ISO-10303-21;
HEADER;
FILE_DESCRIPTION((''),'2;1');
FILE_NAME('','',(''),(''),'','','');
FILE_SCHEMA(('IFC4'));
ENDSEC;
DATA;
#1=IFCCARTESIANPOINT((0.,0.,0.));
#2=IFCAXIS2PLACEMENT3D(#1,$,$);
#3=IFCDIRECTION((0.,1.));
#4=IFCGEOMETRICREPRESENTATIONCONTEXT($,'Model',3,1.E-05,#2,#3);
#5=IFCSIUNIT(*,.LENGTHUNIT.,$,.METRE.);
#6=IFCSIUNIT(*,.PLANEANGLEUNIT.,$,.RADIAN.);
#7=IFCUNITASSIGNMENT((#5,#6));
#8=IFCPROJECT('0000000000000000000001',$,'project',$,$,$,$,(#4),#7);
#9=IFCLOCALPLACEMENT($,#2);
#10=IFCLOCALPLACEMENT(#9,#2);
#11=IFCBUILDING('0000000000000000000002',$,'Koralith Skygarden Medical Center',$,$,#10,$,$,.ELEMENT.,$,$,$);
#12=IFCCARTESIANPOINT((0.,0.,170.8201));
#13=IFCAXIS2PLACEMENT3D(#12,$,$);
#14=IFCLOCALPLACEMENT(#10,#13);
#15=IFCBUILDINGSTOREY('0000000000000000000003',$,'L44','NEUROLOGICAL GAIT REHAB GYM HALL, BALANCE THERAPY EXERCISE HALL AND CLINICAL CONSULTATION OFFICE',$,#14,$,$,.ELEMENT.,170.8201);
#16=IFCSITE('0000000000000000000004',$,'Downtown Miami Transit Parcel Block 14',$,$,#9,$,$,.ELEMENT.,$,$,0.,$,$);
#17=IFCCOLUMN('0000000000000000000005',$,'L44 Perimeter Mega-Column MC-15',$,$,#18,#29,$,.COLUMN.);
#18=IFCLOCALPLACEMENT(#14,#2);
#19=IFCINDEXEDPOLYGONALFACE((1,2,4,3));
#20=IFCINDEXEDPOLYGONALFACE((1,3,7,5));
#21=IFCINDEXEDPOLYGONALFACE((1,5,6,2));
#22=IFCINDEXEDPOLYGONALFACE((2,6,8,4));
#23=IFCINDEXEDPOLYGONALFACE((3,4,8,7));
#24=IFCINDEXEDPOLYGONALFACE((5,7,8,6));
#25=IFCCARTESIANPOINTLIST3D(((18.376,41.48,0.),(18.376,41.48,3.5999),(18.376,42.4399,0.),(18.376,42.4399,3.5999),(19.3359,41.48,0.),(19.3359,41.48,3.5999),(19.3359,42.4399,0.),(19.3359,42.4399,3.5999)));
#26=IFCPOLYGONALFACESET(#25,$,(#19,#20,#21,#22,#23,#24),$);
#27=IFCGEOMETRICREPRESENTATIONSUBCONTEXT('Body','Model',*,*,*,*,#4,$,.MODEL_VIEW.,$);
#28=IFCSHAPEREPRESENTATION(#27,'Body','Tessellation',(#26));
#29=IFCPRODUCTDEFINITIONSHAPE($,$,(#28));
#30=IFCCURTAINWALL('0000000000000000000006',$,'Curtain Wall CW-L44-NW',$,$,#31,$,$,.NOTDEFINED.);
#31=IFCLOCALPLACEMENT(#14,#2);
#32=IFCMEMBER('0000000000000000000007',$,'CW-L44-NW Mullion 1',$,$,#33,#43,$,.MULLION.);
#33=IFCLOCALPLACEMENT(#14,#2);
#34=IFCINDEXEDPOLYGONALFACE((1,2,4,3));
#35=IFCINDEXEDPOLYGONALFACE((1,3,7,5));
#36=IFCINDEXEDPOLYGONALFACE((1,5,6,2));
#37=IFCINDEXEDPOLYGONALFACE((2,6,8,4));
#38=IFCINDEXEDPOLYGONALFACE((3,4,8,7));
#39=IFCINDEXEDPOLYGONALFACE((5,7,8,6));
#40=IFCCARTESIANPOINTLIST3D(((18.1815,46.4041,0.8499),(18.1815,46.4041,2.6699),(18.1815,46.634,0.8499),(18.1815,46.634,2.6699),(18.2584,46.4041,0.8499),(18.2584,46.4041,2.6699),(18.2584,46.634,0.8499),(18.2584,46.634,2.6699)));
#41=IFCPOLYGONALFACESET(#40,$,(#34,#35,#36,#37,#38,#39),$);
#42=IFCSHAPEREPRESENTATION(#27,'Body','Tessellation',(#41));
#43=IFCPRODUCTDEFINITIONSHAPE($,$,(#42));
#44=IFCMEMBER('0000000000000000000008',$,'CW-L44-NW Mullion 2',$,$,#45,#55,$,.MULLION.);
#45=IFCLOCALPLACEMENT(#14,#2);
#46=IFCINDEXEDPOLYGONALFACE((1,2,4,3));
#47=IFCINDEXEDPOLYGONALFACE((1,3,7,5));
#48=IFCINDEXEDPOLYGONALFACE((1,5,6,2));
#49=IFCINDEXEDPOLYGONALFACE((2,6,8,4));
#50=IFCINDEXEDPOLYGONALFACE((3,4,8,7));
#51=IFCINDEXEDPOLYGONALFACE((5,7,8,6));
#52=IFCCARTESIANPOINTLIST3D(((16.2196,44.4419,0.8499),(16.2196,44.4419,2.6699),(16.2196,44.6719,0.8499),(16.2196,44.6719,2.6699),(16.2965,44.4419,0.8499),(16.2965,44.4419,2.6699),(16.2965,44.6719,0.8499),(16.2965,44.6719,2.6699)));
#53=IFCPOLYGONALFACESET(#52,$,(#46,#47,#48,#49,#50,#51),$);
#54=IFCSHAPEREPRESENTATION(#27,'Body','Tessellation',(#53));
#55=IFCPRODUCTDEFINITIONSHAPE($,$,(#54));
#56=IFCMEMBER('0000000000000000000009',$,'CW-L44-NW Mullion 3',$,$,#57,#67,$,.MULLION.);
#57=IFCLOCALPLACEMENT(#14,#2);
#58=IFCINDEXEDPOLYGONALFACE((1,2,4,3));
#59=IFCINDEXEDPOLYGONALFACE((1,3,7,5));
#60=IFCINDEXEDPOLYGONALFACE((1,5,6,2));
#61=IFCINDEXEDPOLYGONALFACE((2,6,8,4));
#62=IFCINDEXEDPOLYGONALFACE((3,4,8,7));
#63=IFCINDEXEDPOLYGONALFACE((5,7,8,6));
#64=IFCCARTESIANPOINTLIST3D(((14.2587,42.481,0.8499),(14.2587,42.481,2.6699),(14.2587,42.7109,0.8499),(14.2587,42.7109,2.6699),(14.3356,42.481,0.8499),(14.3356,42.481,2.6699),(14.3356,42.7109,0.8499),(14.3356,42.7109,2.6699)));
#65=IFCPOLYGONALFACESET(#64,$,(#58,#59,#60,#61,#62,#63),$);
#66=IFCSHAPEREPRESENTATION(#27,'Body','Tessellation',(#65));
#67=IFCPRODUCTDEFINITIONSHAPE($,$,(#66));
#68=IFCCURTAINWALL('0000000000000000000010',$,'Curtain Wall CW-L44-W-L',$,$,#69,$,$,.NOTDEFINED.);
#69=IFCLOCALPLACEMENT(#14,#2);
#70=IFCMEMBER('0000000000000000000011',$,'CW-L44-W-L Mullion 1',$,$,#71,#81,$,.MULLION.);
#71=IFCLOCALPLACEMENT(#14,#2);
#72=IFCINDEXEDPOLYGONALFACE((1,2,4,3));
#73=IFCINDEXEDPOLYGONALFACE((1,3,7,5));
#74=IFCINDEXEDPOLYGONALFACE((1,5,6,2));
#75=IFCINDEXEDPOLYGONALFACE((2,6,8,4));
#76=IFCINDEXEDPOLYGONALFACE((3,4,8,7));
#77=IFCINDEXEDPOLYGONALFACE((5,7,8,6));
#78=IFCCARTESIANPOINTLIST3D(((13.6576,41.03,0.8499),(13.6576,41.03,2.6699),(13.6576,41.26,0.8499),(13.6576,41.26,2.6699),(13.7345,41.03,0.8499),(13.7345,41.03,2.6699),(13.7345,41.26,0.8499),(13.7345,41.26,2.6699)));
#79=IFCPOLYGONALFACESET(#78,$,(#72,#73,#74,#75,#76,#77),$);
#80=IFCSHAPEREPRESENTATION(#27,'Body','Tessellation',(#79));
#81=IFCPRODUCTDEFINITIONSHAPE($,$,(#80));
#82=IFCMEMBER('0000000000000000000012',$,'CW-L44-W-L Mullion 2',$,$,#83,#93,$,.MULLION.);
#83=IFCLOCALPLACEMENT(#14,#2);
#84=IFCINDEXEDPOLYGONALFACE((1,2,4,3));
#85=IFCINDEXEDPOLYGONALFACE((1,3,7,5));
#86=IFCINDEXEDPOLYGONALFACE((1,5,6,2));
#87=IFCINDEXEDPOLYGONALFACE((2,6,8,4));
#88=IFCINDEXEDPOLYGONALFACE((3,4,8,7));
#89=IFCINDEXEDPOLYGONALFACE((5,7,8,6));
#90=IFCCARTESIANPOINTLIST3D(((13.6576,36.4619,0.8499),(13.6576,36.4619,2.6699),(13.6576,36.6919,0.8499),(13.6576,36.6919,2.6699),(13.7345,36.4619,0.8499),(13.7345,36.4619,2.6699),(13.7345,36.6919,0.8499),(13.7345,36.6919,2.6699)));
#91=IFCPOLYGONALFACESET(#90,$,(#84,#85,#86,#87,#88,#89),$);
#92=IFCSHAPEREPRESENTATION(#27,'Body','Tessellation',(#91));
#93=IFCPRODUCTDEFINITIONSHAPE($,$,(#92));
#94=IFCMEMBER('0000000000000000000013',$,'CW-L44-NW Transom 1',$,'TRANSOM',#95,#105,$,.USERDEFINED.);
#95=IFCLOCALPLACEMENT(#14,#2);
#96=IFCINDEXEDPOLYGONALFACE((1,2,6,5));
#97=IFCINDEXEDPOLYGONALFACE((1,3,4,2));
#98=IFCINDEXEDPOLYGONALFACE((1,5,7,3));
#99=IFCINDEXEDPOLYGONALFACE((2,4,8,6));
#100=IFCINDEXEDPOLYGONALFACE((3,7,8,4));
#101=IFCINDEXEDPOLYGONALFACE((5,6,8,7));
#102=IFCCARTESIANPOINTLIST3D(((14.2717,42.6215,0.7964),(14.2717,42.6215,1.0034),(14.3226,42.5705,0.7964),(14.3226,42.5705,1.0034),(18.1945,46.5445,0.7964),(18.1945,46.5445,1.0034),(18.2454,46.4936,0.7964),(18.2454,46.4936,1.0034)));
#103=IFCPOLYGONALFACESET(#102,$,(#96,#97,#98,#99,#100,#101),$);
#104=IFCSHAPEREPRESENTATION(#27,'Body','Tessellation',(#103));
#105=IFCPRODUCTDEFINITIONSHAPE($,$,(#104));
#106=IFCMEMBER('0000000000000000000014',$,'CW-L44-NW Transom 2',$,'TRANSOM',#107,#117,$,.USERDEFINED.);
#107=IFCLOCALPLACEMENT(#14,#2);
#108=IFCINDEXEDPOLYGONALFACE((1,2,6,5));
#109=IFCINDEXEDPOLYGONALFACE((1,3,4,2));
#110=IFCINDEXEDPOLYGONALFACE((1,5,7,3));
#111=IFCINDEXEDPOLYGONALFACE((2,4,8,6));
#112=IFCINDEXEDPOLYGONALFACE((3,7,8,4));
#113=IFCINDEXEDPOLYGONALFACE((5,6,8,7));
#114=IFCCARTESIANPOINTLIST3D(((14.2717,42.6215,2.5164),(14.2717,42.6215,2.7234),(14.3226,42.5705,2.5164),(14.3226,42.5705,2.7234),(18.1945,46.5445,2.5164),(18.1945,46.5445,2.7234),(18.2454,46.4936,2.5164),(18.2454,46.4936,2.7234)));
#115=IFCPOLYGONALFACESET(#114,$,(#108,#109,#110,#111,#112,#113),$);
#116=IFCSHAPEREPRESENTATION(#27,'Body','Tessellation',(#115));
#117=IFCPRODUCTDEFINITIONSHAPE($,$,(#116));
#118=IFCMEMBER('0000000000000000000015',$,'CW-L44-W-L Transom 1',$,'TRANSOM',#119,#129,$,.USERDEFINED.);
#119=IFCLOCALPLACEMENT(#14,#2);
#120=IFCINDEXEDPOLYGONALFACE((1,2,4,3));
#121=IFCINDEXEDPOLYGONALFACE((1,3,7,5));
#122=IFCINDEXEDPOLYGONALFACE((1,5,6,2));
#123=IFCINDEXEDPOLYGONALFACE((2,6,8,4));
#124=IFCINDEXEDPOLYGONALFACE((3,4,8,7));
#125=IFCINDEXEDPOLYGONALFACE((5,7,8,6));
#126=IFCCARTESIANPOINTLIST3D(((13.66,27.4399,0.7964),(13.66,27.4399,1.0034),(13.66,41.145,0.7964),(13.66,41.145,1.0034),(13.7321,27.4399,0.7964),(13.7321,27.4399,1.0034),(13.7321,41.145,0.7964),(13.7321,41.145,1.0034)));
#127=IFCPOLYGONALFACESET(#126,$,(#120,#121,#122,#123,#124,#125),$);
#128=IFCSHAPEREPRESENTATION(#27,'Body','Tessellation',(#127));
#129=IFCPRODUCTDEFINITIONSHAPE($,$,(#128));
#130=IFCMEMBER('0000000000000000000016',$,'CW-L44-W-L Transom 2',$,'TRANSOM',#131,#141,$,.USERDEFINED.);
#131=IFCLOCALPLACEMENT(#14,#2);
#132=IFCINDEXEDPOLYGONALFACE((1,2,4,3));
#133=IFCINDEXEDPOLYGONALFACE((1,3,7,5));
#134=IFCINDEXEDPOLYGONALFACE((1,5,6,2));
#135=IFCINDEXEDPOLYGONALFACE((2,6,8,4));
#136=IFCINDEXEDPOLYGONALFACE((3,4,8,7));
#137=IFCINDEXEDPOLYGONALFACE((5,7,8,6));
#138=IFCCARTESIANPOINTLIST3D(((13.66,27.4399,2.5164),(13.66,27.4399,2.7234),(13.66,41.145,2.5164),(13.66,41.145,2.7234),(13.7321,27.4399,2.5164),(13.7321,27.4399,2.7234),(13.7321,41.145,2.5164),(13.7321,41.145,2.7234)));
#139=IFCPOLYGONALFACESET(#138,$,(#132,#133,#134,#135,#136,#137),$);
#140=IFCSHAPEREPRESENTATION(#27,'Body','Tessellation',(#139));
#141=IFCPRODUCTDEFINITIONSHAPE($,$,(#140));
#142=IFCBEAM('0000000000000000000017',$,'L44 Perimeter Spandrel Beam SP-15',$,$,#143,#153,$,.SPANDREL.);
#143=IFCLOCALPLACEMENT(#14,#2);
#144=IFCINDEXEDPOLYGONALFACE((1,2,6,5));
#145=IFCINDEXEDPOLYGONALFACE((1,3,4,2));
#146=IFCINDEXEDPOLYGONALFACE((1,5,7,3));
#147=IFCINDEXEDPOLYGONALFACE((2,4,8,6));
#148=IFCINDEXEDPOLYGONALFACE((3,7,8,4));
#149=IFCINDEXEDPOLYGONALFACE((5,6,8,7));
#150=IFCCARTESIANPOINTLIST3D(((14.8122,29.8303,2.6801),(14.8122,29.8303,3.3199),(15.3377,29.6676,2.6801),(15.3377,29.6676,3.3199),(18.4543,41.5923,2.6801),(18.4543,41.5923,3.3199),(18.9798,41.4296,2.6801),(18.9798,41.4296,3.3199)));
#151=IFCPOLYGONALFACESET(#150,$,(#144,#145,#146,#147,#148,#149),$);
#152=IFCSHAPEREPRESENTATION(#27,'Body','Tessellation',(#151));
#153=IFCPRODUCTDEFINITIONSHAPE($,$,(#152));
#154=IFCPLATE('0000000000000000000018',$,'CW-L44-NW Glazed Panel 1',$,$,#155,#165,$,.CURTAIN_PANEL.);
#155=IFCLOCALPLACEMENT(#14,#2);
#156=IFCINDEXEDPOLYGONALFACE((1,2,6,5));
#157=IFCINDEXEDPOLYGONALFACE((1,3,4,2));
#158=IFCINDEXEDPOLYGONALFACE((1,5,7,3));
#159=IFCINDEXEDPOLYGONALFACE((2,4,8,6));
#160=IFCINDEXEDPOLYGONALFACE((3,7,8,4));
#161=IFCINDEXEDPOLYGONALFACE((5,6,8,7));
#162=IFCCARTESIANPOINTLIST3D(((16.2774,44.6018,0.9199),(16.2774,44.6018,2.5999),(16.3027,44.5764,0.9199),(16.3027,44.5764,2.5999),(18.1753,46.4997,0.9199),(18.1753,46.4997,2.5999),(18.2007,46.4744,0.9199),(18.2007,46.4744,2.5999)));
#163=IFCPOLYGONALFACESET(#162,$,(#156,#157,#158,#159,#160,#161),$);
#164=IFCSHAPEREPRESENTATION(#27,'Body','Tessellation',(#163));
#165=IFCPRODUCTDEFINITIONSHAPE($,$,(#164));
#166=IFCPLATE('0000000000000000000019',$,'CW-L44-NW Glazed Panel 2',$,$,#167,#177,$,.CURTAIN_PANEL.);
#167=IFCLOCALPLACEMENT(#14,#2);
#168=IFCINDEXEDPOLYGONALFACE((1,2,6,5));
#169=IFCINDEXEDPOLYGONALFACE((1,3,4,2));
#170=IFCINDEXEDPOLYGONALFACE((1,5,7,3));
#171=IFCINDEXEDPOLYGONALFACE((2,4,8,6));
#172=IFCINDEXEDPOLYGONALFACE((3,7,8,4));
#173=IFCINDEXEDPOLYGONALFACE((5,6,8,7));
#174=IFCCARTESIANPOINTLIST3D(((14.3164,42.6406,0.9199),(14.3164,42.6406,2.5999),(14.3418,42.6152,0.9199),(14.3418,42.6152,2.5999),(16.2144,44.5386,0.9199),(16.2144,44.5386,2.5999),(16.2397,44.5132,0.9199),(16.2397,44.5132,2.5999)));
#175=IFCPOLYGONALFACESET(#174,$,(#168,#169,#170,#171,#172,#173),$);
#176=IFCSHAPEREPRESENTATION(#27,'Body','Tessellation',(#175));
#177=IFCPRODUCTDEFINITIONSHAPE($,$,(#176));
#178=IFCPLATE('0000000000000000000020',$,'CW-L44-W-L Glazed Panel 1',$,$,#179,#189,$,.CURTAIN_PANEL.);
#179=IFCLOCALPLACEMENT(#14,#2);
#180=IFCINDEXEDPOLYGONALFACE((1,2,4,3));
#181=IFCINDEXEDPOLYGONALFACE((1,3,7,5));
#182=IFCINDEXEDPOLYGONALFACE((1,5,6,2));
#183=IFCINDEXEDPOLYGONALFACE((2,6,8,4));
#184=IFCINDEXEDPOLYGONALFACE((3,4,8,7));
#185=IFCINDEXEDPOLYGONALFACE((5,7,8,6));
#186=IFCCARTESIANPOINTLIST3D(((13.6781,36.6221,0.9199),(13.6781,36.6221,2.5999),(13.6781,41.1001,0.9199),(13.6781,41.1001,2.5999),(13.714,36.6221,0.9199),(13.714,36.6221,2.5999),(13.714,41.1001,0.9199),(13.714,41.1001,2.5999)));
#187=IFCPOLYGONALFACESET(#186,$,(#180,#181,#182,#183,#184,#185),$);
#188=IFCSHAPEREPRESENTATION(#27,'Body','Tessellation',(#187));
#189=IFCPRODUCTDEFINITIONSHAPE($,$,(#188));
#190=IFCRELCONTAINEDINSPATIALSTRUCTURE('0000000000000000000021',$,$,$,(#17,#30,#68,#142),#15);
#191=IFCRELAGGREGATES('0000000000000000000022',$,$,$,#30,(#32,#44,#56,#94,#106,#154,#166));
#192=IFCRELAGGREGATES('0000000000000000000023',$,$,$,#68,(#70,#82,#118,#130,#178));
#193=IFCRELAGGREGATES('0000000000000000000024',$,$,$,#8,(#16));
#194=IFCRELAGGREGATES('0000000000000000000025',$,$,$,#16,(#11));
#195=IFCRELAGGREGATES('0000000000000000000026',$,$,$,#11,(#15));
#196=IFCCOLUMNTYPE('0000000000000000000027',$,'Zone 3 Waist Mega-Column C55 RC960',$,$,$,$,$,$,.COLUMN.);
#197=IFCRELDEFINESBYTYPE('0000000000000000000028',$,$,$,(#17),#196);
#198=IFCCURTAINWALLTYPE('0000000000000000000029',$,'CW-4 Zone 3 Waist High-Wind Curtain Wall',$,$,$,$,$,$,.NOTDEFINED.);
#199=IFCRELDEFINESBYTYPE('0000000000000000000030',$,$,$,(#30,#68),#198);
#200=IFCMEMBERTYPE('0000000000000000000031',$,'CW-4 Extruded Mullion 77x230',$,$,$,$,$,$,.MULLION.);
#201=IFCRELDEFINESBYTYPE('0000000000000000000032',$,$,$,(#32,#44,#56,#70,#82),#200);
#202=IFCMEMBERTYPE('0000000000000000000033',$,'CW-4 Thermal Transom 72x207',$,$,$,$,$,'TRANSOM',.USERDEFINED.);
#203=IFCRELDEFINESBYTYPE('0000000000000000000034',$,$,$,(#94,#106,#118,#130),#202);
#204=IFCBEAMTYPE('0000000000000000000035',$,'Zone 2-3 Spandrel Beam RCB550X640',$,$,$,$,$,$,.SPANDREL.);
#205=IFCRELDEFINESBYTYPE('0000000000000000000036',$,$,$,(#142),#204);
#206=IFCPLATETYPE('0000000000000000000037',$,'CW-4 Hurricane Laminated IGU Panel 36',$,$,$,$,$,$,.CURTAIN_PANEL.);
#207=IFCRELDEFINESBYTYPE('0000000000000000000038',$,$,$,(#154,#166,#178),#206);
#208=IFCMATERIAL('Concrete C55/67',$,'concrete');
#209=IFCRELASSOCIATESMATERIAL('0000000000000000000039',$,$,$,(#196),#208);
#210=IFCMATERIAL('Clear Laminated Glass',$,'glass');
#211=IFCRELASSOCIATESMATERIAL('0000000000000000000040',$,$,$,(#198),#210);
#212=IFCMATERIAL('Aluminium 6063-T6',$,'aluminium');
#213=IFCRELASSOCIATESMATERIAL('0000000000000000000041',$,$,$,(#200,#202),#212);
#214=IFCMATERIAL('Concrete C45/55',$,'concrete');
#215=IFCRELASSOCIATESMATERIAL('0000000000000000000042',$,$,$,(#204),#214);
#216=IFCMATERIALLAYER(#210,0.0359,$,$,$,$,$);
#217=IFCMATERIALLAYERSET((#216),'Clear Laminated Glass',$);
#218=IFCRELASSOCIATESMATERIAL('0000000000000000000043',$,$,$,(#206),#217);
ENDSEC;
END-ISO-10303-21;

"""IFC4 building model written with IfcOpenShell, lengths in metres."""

from ifc_helpers import new_model, si_unit, direction, frame, origin, origin_2d, place, context, subcontext, project, spatial, rectangle, extrude, material, layer, layer_set, material_profile, profile_set, type_object, element, aggregate, save


model = new_model("IFC4")

# Units and contexts
model_context = context("Model", 3, precision=1e-05, world=origin(), true_north=direction((0.0, 1.0)))
body_context = subcontext(model_context, "Body", "Model", "MODEL_VIEW")
ifc_project = project(units=[si_unit("LENGTHUNIT", "METRE"), si_unit("PLANEANGLEUNIT", "RADIAN")], contexts=[model_context])

# Site, building, storey
site_placement = place(None, origin())
site = spatial("IfcSite", under=ifc_project, at=site_placement, Name="Downtown Miami Transit Parcel Block 14", CompositionType="ELEMENT", RefElevation=0.0)
building_placement = place(site_placement, origin())
building = spatial("IfcBuilding", under=site, at=building_placement, Name="Koralith Skygarden Medical Center", CompositionType="ELEMENT")
storey_placement = place(building_placement, frame((0.0, 0.0, 170.8201)))
storey = spatial("IfcBuildingStorey", under=building, at=storey_placement, Name="L44", Description="NEUROLOGICAL GAIT REHAB GYM HALL, BALANCE THERAPY EXERCISE HALL AND CLINICAL CONSULTATION OFFICE", CompositionType="ELEMENT", Elevation=170.8201)

# Column
ifc_material_1 = material(Name="Concrete C55/67", Category="concrete")
ifc_material_profile_1 = material_profile(ifc_material_1, rectangle(XDim=0.96, YDim=0.96, at=origin_2d()), Name="RC960X960")
ifc_profile_set_1 = profile_set([ifc_material_profile_1], Name="Concrete C55/67")
column_type = type_object("IfcColumnType", Name="Zone 3 Waist Mega-Column C55 RC960", PredefinedType="COLUMN", material=ifc_profile_set_1)
column_placement = place(storey_placement, frame((18.856, 41.96, 0.0), z_axis=(0.0, 0.0, 1.0), x_axis=(1.0, 0.0, 0.0)))
element("IfcColumn", 1, at=column_placement, inside=storey, type_object=column_type, Name="L44 Perimeter Mega-Column MC-15", PredefinedType="COLUMN", context=body_context, shape_type="SweptSolid", body=[
    extrude(rectangle(XDim=0.96, YDim=0.96, at=origin_2d()), origin(), (0.0, 0.0, 1.0), 3.5999),
])

# Curtain walls, members
ifc_material_2 = material(Name="Clear Laminated Glass", Category="glass")
curtain_wall_type = type_object("IfcCurtainWallType", Name="CW-4 Zone 3 Waist High-Wind Curtain Wall", PredefinedType="NOTDEFINED", material=ifc_material_2)
curtain_wall_1_placement = place(storey_placement, origin())
curtain_wall_1 = element("IfcCurtainWall", 2, at=curtain_wall_1_placement, inside=storey, type_object=curtain_wall_type, Name="Curtain Wall CW-L44-NW", PredefinedType="NOTDEFINED")
ifc_material_3 = material(Name="Aluminium 6063-T6", Category="aluminium")
ifc_material_profile_2 = material_profile(ifc_material_3, rectangle(XDim=0.0769, YDim=0.23, at=origin_2d()), Name="MUL77X230")
ifc_profile_set_2 = profile_set([ifc_material_profile_2], Name="Aluminium 6063-T6")
member_type_1 = type_object("IfcMemberType", Name="CW-4 Extruded Mullion 77x230", PredefinedType="MULLION", material=ifc_profile_set_2)
member_1_placement = place(storey_placement, frame((18.22, 46.519, 0.8499), z_axis=(0.0, 0.0, 1.0), x_axis=(1.0, 0.0, 0.0)))
member_1 = element("IfcMember", 3, at=member_1_placement, type_object=member_type_1, Name="CW-L44-NW Mullion 1", PredefinedType="MULLION", context=body_context, shape_type="SweptSolid", body=[
    extrude(rectangle(XDim=0.0769, YDim=0.23, at=origin_2d()), origin(), (0.0, 0.0, 1.0), 1.8201),
])
member_2_placement = place(storey_placement, frame((16.2581, 44.5569, 0.8499), z_axis=(0.0, 0.0, 1.0), x_axis=(1.0, 0.0, 0.0)))
member_2 = element("IfcMember", 4, at=member_2_placement, type_object=member_type_1, Name="CW-L44-NW Mullion 2", PredefinedType="MULLION", context=body_context, shape_type="SweptSolid", body=[
    extrude(rectangle(XDim=0.0769, YDim=0.23, at=origin_2d()), origin(), (0.0, 0.0, 1.0), 1.8201),
])
member_3_placement = place(storey_placement, frame((14.2971, 42.5959, 0.8499), z_axis=(0.0, 0.0, 1.0), x_axis=(1.0, 0.0, 0.0)))
member_3 = element("IfcMember", 5, at=member_3_placement, type_object=member_type_1, Name="CW-L44-NW Mullion 3", PredefinedType="MULLION", context=body_context, shape_type="SweptSolid", body=[
    extrude(rectangle(XDim=0.0769, YDim=0.23, at=origin_2d()), origin(), (0.0, 0.0, 1.0), 1.8201),
])
curtain_wall_2_placement = place(storey_placement, origin())
curtain_wall_2 = element("IfcCurtainWall", 6, at=curtain_wall_2_placement, inside=storey, type_object=curtain_wall_type, Name="Curtain Wall CW-L44-W-L", PredefinedType="NOTDEFINED")
member_4_placement = place(storey_placement, frame((13.696, 41.145, 0.8499), z_axis=(0.0, 0.0, 1.0), x_axis=(1.0, 0.0, 0.0)))
member_4 = element("IfcMember", 7, at=member_4_placement, type_object=member_type_1, Name="CW-L44-W-L Mullion 1", PredefinedType="MULLION", context=body_context, shape_type="SweptSolid", body=[
    extrude(rectangle(XDim=0.0769, YDim=0.23, at=origin_2d()), origin(), (0.0, 0.0, 1.0), 1.8201),
])
member_5_placement = place(storey_placement, frame((13.696, 36.5769, 0.8499), z_axis=(0.0, 0.0, 1.0), x_axis=(1.0, 0.0, 0.0)))
member_5 = element("IfcMember", 8, at=member_5_placement, type_object=member_type_1, Name="CW-L44-W-L Mullion 2", PredefinedType="MULLION", context=body_context, shape_type="SweptSolid", body=[
    extrude(rectangle(XDim=0.0769, YDim=0.23, at=origin_2d()), origin(), (0.0, 0.0, 1.0), 1.8201),
])

# Members
ifc_material_profile_3 = material_profile(ifc_material_3, rectangle(XDim=0.072, YDim=0.207, at=origin_2d()), Name="TRN72X207")
ifc_profile_set_3 = profile_set([ifc_material_profile_3], Name="Aluminium 6063-T6")
member_type_2 = type_object("IfcMemberType", Name="CW-4 Thermal Transom 72x207", ElementType="TRANSOM", PredefinedType="USERDEFINED", material=ifc_profile_set_3)
member_6_placement = place(storey_placement, frame((18.22, 46.519, 0.8999), z_axis=(-0.707085, -0.707129, 0.0), x_axis=(0.707129, -0.707085, 0.0)))
member_6 = element("IfcMember", 9, at=member_6_placement, type_object=member_type_2, Name="CW-L44-NW Transom 1", ObjectType="TRANSOM", PredefinedType="USERDEFINED", context=body_context, shape_type="SweptSolid", body=[
    extrude(rectangle(XDim=0.072, YDim=0.207, at=origin_2d()), origin(), (0.0, 0.0, 1.0), 5.5479),
])
member_7_placement = place(storey_placement, frame((18.22, 46.519, 2.6199), z_axis=(-0.707085, -0.707129, 0.0), x_axis=(0.707129, -0.707085, 0.0)))
member_7 = element("IfcMember", 10, at=member_7_placement, type_object=member_type_2, Name="CW-L44-NW Transom 2", ObjectType="TRANSOM", PredefinedType="USERDEFINED", context=body_context, shape_type="SweptSolid", body=[
    extrude(rectangle(XDim=0.072, YDim=0.207, at=origin_2d()), origin(), (0.0, 0.0, 1.0), 5.5479),
])
member_8_placement = place(storey_placement, frame((13.696, 41.145, 0.8999), z_axis=(0.0, -1.0, 0.0), x_axis=(1.0, 0.0, 0.0)))
member_8 = element("IfcMember", 11, at=member_8_placement, type_object=member_type_2, Name="CW-L44-W-L Transom 1", ObjectType="TRANSOM", PredefinedType="USERDEFINED", context=body_context, shape_type="SweptSolid", body=[
    extrude(rectangle(XDim=0.072, YDim=0.207, at=origin_2d()), origin(), (0.0, 0.0, 1.0), 13.7051),
])
member_9_placement = place(storey_placement, frame((13.696, 41.145, 2.6199), z_axis=(0.0, -1.0, 0.0), x_axis=(1.0, 0.0, 0.0)))
member_9 = element("IfcMember", 12, at=member_9_placement, type_object=member_type_2, Name="CW-L44-W-L Transom 2", ObjectType="TRANSOM", PredefinedType="USERDEFINED", context=body_context, shape_type="SweptSolid", body=[
    extrude(rectangle(XDim=0.072, YDim=0.207, at=origin_2d()), origin(), (0.0, 0.0, 1.0), 13.7051),
])

# Beam
ifc_material_4 = material(Name="Concrete C45/55", Category="concrete")
ifc_material_profile_4 = material_profile(ifc_material_4, rectangle(XDim=0.55, YDim=0.6399, at=origin_2d()), Name="RCB550X640")
ifc_profile_set_4 = profile_set([ifc_material_profile_4], Name="Concrete C45/55")
beam_type = type_object("IfcBeamType", Name="Zone 2-3 Spandrel Beam RCB550X640", PredefinedType="SPANDREL", material=ifc_profile_set_4)
beam_placement = place(storey_placement, frame((18.717, 41.511, 3.0), z_axis=(-0.295794, -0.955252, 0.0), x_axis=(0.955252, -0.295794, 0.0)))
element("IfcBeam", 13, at=beam_placement, inside=storey, type_object=beam_type, Name="L44 Perimeter Spandrel Beam SP-15", PredefinedType="SPANDREL", context=body_context, shape_type="SweptSolid", body=[
    extrude(rectangle(XDim=0.55, YDim=0.6399, at=origin_2d()), origin(), (0.0, 0.0, 1.0), 12.313),
])

# Plates
ifc_layer_1 = layer(ifc_material_2, 0.0359)
ifc_layer_set_1 = layer_set([ifc_layer_1], Name="Clear Laminated Glass")
plate_type_1 = type_object("IfcPlateType", Name="CW-4 Hurricane Laminated IGU Panel 36", PredefinedType="CURTAIN_PANEL", material=ifc_layer_set_1)
plate_1_placement = place(storey_placement, frame((17.239, 45.5381, 0.9199), z_axis=(0.0, 0.0, 1.0), x_axis=(-0.707107, -0.707107, 0.0)))
plate_1 = element("IfcPlate", 14, at=plate_1_placement, type_object=plate_type_1, Name="CW-L44-NW Glazed Panel 1", PredefinedType="CURTAIN_PANEL", context=body_context, shape_type="SweptSolid", body=[
    extrude(rectangle(XDim=2.6841, YDim=0.0359, at=origin_2d()), origin(), (0.0, 0.0, 1.0), 1.6799),
])
plate_2_placement = place(storey_placement, frame((15.2781, 43.5769, 0.9199), z_axis=(0.0, 0.0, 1.0), x_axis=(-0.707107, -0.707107, 0.0)))
plate_2 = element("IfcPlate", 15, at=plate_2_placement, type_object=plate_type_1, Name="CW-L44-NW Glazed Panel 2", PredefinedType="CURTAIN_PANEL", context=body_context, shape_type="SweptSolid", body=[
    extrude(rectangle(XDim=2.6841, YDim=0.0359, at=origin_2d()), origin(), (0.0, 0.0, 1.0), 1.6799),
])
aggregate(curtain_wall_1, [member_1, member_2, member_3, member_6, member_7, plate_1, plate_2])
plate_3_placement = place(storey_placement, frame((13.696, 38.8611, 0.9199), z_axis=(0.0, 0.0, 1.0), x_axis=(0.0, -1.0, 0.0)))
plate_3 = element("IfcPlate", 16, at=plate_3_placement, type_object=plate_type_1, Name="CW-L44-W-L Glazed Panel 1", PredefinedType="CURTAIN_PANEL", context=body_context, shape_type="SweptSolid", body=[
    extrude(rectangle(XDim=4.478, YDim=0.0359, at=origin_2d()), origin(), (0.0, 0.0, 1.0), 1.6799),
])
aggregate(curtain_wall_2, [member_4, member_5, member_8, member_9, plate_3])

save(model, "model.ifc")
